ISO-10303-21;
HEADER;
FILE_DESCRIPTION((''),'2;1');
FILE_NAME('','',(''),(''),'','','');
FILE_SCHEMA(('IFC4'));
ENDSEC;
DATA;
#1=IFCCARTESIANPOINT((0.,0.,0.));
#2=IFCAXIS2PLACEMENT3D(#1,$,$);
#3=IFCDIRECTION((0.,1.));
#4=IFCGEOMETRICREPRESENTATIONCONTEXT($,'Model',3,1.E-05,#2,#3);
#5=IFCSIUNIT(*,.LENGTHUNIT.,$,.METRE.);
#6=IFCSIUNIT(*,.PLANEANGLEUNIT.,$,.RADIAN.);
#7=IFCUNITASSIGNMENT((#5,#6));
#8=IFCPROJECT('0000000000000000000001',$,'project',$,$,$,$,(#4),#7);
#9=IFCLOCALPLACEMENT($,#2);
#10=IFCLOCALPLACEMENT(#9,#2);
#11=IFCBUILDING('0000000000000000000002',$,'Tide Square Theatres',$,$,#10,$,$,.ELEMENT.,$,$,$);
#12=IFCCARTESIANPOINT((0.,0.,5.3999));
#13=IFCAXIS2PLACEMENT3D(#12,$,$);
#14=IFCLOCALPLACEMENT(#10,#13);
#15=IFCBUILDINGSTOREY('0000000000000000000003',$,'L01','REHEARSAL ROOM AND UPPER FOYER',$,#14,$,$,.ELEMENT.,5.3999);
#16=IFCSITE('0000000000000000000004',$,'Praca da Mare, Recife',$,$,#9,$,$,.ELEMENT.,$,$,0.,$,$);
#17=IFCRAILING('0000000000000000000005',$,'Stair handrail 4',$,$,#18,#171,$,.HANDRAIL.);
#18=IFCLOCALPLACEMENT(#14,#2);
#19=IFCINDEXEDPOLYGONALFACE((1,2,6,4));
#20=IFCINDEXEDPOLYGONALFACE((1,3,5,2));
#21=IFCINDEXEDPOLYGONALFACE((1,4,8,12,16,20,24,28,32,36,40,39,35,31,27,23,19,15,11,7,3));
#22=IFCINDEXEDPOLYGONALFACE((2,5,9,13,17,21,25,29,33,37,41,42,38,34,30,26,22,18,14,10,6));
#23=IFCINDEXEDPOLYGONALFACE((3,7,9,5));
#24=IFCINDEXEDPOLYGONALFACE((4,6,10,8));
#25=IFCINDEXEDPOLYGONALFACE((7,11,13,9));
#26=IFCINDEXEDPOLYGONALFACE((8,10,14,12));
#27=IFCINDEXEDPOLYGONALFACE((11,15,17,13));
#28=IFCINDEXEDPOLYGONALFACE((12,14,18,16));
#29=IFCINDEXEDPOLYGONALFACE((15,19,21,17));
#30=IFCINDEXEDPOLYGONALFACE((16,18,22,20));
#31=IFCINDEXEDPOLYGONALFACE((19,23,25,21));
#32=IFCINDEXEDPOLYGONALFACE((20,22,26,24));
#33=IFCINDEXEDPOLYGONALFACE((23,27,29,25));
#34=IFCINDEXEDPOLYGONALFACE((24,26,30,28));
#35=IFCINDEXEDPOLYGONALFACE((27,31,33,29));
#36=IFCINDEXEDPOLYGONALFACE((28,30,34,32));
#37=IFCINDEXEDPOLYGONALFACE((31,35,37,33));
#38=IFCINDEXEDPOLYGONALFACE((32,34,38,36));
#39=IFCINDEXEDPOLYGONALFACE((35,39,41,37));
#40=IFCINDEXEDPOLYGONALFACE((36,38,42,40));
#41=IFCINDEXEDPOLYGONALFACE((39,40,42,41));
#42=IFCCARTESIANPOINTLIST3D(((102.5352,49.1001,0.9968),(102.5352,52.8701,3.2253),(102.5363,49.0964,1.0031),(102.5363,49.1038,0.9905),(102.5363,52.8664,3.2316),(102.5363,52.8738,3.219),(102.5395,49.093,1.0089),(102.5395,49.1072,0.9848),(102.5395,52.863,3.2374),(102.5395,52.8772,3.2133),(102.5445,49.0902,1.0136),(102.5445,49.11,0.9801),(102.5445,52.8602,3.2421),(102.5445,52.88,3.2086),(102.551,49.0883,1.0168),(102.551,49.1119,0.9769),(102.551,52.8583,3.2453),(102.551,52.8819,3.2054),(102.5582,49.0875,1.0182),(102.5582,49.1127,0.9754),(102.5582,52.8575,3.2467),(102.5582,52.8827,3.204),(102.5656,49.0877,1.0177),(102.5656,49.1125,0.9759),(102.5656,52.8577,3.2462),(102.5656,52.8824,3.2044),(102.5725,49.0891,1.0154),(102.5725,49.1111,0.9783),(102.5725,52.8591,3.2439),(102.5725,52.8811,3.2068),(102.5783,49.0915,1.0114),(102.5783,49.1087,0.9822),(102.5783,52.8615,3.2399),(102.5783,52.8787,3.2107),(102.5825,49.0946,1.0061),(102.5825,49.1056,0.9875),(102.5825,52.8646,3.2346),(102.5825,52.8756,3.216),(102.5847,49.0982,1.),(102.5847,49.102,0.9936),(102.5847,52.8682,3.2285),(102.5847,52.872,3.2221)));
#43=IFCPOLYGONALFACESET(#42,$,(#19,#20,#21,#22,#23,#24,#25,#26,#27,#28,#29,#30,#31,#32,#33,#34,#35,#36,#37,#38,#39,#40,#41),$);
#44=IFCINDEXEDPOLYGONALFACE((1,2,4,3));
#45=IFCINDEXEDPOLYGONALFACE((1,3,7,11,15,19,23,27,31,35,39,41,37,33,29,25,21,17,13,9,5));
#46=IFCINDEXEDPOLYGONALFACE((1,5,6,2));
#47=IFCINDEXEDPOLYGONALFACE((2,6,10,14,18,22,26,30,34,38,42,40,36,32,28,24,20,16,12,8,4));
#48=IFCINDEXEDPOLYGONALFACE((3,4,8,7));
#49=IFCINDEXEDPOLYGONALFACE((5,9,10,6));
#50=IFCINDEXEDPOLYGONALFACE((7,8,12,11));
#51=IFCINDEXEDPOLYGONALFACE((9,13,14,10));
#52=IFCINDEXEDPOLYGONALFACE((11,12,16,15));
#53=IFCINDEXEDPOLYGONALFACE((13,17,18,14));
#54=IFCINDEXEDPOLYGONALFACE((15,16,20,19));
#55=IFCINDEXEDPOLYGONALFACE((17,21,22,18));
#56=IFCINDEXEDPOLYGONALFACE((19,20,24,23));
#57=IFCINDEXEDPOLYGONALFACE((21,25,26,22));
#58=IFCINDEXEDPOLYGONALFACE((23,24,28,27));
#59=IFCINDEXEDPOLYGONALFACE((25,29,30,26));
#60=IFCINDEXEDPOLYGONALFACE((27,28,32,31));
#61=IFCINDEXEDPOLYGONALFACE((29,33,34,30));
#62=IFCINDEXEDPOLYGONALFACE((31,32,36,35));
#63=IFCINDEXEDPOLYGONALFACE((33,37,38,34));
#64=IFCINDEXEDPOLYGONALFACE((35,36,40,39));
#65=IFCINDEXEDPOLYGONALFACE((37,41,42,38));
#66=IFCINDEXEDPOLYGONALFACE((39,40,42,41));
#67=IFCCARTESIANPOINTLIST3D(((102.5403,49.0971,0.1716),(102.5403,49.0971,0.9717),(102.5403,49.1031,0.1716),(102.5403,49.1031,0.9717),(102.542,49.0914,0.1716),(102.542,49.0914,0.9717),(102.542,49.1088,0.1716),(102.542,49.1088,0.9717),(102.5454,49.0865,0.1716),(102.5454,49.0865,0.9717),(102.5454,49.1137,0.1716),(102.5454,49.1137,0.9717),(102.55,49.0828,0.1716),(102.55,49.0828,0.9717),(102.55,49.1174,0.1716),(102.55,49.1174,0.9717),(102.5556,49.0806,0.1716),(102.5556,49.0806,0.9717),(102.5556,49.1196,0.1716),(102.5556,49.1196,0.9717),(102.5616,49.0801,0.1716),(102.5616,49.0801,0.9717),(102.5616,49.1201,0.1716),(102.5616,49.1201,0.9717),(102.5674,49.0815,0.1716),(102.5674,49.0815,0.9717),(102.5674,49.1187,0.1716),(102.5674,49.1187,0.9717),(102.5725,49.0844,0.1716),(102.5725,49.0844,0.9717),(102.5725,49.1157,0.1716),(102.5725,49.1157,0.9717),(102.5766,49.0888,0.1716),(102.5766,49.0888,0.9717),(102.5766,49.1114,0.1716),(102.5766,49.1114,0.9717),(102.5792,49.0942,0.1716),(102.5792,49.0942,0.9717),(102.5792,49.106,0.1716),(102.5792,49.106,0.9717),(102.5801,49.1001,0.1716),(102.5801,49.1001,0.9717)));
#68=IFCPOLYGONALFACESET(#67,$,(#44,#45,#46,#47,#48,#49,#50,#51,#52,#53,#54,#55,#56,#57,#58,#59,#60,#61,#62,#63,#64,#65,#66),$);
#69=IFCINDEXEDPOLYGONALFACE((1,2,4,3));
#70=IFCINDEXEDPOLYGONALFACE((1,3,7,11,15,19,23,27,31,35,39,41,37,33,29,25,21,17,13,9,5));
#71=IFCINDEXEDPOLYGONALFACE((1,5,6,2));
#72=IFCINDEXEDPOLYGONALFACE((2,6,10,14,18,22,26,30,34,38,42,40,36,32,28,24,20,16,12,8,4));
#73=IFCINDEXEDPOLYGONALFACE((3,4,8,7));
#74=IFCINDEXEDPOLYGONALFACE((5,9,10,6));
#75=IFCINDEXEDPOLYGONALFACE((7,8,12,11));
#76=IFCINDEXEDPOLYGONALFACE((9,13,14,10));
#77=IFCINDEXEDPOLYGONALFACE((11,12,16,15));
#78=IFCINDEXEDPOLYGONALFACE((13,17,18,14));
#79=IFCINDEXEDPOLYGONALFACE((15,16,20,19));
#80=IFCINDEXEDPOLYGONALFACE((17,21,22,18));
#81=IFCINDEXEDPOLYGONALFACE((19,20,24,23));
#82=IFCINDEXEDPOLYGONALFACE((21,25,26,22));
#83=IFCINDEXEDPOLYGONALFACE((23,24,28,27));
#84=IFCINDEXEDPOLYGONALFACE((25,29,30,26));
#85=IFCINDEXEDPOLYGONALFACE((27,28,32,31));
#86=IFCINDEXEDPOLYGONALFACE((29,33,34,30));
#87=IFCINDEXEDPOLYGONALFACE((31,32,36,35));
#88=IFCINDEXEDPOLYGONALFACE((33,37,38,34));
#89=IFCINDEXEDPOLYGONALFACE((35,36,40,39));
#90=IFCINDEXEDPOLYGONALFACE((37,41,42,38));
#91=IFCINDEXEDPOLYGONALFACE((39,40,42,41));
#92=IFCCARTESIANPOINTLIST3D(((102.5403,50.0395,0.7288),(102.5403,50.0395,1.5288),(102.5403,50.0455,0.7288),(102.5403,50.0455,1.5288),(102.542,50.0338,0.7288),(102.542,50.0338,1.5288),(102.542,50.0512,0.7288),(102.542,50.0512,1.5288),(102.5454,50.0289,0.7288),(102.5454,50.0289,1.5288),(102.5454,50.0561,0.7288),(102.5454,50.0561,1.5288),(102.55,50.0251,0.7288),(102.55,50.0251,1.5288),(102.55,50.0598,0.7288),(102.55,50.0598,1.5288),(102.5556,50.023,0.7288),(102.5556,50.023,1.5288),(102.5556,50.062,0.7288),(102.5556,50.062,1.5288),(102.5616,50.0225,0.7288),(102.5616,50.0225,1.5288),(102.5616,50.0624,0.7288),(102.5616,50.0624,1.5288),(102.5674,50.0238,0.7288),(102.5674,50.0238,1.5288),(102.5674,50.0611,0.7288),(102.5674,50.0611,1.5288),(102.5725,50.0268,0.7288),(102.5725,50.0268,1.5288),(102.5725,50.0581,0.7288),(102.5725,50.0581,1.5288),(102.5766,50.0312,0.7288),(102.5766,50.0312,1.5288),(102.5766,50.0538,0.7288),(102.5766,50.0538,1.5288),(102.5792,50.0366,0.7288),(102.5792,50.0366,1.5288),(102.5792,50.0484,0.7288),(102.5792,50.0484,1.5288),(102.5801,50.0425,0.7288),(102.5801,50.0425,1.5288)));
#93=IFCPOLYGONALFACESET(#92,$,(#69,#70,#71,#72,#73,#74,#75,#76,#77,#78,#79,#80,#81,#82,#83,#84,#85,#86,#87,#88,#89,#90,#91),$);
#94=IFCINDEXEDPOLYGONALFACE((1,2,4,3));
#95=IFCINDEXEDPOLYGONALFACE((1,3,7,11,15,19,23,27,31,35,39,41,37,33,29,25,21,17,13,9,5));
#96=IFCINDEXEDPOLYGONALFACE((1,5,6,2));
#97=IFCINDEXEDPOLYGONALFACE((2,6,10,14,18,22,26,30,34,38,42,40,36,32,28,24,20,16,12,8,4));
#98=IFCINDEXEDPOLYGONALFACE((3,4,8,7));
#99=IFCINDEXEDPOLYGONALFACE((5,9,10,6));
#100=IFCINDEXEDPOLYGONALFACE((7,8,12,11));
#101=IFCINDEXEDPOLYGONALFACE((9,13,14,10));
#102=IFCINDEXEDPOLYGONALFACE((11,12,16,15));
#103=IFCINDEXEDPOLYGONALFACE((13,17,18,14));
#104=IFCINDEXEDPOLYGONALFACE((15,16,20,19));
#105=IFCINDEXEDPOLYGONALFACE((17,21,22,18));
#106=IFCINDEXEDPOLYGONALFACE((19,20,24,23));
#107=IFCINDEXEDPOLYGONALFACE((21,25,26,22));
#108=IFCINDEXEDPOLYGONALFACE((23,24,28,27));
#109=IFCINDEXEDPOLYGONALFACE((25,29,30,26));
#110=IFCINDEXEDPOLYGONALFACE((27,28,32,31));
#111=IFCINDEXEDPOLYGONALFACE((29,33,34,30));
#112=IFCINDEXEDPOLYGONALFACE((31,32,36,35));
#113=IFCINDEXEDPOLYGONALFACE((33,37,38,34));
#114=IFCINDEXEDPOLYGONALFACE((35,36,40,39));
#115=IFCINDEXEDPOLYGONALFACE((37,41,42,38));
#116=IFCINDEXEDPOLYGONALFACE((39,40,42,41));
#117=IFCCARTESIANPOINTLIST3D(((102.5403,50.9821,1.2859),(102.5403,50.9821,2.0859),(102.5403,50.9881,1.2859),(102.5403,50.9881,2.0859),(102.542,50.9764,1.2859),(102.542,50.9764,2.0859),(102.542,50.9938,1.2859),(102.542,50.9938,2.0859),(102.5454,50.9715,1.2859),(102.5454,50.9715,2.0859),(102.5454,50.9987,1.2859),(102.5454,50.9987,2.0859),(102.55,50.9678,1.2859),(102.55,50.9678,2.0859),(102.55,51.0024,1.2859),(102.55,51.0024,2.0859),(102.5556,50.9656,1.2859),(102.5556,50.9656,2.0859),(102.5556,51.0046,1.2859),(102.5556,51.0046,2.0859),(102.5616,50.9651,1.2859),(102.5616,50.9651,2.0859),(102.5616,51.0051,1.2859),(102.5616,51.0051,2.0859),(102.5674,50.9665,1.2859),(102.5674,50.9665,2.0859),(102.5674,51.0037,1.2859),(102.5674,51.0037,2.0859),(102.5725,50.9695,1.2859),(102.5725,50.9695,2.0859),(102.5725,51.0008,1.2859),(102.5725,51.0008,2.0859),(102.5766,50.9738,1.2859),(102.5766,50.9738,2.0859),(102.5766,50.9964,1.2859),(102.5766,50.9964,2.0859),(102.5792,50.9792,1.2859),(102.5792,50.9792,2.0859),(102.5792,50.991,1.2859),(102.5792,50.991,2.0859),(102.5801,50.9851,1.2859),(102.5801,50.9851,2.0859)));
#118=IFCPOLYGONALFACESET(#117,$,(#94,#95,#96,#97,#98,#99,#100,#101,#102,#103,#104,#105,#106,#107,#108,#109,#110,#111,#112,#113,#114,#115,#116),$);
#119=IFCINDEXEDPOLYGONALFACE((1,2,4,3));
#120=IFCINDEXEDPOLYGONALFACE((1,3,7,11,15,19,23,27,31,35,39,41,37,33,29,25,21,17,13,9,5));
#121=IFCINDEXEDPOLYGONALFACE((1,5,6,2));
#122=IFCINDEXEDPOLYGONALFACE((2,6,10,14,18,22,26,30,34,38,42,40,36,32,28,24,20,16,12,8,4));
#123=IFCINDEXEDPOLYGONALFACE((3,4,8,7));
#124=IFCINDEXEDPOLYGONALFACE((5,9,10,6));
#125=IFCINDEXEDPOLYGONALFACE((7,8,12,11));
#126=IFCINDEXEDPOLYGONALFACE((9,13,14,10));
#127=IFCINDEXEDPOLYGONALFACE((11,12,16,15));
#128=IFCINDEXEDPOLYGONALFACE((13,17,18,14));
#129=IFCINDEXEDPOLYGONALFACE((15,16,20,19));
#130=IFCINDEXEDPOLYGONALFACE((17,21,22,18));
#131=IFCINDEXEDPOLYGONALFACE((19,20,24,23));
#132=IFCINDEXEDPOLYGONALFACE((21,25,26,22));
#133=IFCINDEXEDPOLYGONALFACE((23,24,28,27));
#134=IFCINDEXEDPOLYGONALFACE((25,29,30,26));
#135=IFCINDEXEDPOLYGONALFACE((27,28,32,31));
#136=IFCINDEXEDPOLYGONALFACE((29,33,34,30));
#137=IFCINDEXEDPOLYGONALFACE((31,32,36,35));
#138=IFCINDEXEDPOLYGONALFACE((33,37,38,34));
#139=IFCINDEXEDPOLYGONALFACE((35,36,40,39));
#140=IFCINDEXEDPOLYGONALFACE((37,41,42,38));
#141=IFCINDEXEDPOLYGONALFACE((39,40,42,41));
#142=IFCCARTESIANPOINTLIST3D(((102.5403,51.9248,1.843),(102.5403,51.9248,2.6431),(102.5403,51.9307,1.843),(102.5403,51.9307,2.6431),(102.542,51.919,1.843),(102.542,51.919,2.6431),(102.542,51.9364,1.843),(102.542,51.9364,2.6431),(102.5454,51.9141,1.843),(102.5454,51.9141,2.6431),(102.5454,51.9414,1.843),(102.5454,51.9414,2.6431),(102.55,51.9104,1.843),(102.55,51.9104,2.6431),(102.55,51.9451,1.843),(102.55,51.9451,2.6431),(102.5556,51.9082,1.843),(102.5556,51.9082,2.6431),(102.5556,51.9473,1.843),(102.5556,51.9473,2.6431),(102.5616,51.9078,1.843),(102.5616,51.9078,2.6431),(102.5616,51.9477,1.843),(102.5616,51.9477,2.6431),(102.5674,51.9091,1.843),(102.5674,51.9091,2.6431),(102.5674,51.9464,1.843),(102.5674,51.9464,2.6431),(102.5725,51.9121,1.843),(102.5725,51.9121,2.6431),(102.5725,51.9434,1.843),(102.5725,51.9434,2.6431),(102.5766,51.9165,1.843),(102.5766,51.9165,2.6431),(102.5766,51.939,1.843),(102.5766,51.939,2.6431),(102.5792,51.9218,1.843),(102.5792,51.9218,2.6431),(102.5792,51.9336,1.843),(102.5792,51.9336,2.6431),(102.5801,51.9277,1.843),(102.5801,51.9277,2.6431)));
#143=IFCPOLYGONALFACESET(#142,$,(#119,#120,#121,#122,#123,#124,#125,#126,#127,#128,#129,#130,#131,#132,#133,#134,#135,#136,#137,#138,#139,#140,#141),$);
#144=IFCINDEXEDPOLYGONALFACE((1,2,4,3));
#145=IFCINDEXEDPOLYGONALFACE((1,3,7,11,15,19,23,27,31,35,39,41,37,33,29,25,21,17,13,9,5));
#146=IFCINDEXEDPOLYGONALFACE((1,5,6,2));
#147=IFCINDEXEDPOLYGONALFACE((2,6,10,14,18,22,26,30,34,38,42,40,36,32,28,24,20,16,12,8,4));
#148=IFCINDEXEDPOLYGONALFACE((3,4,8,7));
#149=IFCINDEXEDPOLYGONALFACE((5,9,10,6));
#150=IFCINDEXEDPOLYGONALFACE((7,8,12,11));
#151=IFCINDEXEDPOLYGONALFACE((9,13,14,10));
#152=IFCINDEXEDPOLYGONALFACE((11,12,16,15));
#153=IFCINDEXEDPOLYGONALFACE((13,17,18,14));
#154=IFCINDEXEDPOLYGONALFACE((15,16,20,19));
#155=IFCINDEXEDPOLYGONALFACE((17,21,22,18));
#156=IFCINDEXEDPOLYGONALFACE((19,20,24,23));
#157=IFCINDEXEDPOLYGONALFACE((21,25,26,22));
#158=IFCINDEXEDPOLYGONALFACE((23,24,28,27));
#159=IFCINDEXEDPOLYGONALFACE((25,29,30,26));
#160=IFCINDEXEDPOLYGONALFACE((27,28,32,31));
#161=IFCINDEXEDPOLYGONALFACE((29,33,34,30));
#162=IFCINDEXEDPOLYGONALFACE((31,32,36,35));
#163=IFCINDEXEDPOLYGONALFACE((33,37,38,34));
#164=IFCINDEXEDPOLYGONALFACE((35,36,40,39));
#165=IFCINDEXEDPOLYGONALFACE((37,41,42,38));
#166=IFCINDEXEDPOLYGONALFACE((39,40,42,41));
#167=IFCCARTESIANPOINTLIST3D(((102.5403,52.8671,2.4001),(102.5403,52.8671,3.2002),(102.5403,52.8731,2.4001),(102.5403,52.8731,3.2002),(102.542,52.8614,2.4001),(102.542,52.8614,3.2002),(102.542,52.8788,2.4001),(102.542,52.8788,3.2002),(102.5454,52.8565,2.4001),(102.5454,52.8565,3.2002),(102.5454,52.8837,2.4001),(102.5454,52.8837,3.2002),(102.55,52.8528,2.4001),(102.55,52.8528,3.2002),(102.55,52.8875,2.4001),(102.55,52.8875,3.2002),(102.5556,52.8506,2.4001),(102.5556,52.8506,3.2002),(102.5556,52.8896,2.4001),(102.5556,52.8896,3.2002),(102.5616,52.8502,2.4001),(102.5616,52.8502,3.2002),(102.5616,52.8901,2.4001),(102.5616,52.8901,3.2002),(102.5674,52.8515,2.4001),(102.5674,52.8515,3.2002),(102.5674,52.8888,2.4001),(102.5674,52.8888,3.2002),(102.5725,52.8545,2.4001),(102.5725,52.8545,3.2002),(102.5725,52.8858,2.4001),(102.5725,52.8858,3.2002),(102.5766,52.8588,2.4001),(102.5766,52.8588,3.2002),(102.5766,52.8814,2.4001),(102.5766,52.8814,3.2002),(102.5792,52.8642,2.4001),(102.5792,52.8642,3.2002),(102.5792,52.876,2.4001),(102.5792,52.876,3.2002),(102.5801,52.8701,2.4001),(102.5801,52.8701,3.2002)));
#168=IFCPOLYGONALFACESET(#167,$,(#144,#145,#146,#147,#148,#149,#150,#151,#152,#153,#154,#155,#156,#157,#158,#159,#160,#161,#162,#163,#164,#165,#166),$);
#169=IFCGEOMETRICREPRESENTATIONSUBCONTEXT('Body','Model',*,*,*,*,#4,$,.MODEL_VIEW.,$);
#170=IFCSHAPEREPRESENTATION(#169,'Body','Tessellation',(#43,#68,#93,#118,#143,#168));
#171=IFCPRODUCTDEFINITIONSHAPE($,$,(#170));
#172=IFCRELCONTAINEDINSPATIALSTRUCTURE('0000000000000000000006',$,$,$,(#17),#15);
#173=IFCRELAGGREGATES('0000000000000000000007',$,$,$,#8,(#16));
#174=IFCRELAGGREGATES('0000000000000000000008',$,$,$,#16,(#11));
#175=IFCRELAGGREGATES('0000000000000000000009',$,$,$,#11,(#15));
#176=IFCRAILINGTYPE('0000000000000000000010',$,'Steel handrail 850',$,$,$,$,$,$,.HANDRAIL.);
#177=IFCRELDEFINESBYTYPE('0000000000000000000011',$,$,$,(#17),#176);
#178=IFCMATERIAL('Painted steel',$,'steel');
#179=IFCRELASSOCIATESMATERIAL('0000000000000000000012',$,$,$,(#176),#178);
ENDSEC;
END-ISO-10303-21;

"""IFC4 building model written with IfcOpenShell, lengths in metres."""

from ifc_helpers import new_model, si_unit, direction, frame, origin, origin_2d, place, context, subcontext, project, spatial, circle, extrude, material, type_object, element, save


model = new_model("IFC4")

# Units and contexts
model_context = context("Model", 3, precision=1e-05, world=origin(), true_north=direction((0.0, 1.0)))
body_context = subcontext(model_context, "Body", "Model", "MODEL_VIEW")
ifc_project = project(units=[si_unit("LENGTHUNIT", "METRE"), si_unit("PLANEANGLEUNIT", "RADIAN")], contexts=[model_context])

# Site, building, storey
site_placement = place(None, origin())
site = spatial("IfcSite", under=ifc_project, at=site_placement, Name="Praca da Mare, Recife", CompositionType="ELEMENT", RefElevation=0.0)
building_placement = place(site_placement, origin())
building = spatial("IfcBuilding", under=site, at=building_placement, Name="Tide Square Theatres", CompositionType="ELEMENT")
storey_placement = place(building_placement, frame((0.0, 0.0, 5.3999)))
storey = spatial("IfcBuildingStorey", under=building, at=storey_placement, Name="L01", Description="REHEARSAL ROOM AND UPPER FOYER", CompositionType="ELEMENT", Elevation=5.3999)

# Railing
ifc_material_1 = material(Name="Painted steel", Category="steel")
railing_type = type_object("IfcRailingType", Name="Steel handrail 850", PredefinedType="HANDRAIL", material=ifc_material_1)
for number, where, name in (
    (1, (102.5601, 49.1001, 0.1716), "Stair handrail 4"),
):
    element("IfcRailing", number, at=place(storey_placement, frame(where)), inside=storey, type_object=railing_type, Name=name, PredefinedType="HANDRAIL", context=body_context, shape_type="SweptSolid", body=[
        extrude(circle(Radius=0.0249, at=origin_2d()), frame((0.0, 0.0, 0.8252), z_axis=(0.0, 0.860849, 0.508861), x_axis=(-1.0, 0.0, 0.0)), (0.0, 0.0, 1.0), 4.3794),
        extrude(circle(Radius=0.02, at=origin_2d()), origin(), (0.0, 0.0, 1.0), 0.8),
        extrude(circle(Radius=0.02, at=origin_2d()), frame((0.0, 0.9424, 0.5571)), (0.0, 0.0, 1.0), 0.8),
        extrude(circle(Radius=0.02, at=origin_2d()), frame((0.0, 1.885, 1.1143)), (0.0, 0.0, 1.0), 0.8),
        extrude(circle(Radius=0.02, at=origin_2d()), frame((0.0, 2.8276, 1.6714)), (0.0, 0.0, 1.0), 0.8),
        extrude(circle(Radius=0.02, at=origin_2d()), frame((0.0, 3.77, 2.2285)), (0.0, 0.0, 1.0), 0.8),
    ])

save(model, "model.ifc")
